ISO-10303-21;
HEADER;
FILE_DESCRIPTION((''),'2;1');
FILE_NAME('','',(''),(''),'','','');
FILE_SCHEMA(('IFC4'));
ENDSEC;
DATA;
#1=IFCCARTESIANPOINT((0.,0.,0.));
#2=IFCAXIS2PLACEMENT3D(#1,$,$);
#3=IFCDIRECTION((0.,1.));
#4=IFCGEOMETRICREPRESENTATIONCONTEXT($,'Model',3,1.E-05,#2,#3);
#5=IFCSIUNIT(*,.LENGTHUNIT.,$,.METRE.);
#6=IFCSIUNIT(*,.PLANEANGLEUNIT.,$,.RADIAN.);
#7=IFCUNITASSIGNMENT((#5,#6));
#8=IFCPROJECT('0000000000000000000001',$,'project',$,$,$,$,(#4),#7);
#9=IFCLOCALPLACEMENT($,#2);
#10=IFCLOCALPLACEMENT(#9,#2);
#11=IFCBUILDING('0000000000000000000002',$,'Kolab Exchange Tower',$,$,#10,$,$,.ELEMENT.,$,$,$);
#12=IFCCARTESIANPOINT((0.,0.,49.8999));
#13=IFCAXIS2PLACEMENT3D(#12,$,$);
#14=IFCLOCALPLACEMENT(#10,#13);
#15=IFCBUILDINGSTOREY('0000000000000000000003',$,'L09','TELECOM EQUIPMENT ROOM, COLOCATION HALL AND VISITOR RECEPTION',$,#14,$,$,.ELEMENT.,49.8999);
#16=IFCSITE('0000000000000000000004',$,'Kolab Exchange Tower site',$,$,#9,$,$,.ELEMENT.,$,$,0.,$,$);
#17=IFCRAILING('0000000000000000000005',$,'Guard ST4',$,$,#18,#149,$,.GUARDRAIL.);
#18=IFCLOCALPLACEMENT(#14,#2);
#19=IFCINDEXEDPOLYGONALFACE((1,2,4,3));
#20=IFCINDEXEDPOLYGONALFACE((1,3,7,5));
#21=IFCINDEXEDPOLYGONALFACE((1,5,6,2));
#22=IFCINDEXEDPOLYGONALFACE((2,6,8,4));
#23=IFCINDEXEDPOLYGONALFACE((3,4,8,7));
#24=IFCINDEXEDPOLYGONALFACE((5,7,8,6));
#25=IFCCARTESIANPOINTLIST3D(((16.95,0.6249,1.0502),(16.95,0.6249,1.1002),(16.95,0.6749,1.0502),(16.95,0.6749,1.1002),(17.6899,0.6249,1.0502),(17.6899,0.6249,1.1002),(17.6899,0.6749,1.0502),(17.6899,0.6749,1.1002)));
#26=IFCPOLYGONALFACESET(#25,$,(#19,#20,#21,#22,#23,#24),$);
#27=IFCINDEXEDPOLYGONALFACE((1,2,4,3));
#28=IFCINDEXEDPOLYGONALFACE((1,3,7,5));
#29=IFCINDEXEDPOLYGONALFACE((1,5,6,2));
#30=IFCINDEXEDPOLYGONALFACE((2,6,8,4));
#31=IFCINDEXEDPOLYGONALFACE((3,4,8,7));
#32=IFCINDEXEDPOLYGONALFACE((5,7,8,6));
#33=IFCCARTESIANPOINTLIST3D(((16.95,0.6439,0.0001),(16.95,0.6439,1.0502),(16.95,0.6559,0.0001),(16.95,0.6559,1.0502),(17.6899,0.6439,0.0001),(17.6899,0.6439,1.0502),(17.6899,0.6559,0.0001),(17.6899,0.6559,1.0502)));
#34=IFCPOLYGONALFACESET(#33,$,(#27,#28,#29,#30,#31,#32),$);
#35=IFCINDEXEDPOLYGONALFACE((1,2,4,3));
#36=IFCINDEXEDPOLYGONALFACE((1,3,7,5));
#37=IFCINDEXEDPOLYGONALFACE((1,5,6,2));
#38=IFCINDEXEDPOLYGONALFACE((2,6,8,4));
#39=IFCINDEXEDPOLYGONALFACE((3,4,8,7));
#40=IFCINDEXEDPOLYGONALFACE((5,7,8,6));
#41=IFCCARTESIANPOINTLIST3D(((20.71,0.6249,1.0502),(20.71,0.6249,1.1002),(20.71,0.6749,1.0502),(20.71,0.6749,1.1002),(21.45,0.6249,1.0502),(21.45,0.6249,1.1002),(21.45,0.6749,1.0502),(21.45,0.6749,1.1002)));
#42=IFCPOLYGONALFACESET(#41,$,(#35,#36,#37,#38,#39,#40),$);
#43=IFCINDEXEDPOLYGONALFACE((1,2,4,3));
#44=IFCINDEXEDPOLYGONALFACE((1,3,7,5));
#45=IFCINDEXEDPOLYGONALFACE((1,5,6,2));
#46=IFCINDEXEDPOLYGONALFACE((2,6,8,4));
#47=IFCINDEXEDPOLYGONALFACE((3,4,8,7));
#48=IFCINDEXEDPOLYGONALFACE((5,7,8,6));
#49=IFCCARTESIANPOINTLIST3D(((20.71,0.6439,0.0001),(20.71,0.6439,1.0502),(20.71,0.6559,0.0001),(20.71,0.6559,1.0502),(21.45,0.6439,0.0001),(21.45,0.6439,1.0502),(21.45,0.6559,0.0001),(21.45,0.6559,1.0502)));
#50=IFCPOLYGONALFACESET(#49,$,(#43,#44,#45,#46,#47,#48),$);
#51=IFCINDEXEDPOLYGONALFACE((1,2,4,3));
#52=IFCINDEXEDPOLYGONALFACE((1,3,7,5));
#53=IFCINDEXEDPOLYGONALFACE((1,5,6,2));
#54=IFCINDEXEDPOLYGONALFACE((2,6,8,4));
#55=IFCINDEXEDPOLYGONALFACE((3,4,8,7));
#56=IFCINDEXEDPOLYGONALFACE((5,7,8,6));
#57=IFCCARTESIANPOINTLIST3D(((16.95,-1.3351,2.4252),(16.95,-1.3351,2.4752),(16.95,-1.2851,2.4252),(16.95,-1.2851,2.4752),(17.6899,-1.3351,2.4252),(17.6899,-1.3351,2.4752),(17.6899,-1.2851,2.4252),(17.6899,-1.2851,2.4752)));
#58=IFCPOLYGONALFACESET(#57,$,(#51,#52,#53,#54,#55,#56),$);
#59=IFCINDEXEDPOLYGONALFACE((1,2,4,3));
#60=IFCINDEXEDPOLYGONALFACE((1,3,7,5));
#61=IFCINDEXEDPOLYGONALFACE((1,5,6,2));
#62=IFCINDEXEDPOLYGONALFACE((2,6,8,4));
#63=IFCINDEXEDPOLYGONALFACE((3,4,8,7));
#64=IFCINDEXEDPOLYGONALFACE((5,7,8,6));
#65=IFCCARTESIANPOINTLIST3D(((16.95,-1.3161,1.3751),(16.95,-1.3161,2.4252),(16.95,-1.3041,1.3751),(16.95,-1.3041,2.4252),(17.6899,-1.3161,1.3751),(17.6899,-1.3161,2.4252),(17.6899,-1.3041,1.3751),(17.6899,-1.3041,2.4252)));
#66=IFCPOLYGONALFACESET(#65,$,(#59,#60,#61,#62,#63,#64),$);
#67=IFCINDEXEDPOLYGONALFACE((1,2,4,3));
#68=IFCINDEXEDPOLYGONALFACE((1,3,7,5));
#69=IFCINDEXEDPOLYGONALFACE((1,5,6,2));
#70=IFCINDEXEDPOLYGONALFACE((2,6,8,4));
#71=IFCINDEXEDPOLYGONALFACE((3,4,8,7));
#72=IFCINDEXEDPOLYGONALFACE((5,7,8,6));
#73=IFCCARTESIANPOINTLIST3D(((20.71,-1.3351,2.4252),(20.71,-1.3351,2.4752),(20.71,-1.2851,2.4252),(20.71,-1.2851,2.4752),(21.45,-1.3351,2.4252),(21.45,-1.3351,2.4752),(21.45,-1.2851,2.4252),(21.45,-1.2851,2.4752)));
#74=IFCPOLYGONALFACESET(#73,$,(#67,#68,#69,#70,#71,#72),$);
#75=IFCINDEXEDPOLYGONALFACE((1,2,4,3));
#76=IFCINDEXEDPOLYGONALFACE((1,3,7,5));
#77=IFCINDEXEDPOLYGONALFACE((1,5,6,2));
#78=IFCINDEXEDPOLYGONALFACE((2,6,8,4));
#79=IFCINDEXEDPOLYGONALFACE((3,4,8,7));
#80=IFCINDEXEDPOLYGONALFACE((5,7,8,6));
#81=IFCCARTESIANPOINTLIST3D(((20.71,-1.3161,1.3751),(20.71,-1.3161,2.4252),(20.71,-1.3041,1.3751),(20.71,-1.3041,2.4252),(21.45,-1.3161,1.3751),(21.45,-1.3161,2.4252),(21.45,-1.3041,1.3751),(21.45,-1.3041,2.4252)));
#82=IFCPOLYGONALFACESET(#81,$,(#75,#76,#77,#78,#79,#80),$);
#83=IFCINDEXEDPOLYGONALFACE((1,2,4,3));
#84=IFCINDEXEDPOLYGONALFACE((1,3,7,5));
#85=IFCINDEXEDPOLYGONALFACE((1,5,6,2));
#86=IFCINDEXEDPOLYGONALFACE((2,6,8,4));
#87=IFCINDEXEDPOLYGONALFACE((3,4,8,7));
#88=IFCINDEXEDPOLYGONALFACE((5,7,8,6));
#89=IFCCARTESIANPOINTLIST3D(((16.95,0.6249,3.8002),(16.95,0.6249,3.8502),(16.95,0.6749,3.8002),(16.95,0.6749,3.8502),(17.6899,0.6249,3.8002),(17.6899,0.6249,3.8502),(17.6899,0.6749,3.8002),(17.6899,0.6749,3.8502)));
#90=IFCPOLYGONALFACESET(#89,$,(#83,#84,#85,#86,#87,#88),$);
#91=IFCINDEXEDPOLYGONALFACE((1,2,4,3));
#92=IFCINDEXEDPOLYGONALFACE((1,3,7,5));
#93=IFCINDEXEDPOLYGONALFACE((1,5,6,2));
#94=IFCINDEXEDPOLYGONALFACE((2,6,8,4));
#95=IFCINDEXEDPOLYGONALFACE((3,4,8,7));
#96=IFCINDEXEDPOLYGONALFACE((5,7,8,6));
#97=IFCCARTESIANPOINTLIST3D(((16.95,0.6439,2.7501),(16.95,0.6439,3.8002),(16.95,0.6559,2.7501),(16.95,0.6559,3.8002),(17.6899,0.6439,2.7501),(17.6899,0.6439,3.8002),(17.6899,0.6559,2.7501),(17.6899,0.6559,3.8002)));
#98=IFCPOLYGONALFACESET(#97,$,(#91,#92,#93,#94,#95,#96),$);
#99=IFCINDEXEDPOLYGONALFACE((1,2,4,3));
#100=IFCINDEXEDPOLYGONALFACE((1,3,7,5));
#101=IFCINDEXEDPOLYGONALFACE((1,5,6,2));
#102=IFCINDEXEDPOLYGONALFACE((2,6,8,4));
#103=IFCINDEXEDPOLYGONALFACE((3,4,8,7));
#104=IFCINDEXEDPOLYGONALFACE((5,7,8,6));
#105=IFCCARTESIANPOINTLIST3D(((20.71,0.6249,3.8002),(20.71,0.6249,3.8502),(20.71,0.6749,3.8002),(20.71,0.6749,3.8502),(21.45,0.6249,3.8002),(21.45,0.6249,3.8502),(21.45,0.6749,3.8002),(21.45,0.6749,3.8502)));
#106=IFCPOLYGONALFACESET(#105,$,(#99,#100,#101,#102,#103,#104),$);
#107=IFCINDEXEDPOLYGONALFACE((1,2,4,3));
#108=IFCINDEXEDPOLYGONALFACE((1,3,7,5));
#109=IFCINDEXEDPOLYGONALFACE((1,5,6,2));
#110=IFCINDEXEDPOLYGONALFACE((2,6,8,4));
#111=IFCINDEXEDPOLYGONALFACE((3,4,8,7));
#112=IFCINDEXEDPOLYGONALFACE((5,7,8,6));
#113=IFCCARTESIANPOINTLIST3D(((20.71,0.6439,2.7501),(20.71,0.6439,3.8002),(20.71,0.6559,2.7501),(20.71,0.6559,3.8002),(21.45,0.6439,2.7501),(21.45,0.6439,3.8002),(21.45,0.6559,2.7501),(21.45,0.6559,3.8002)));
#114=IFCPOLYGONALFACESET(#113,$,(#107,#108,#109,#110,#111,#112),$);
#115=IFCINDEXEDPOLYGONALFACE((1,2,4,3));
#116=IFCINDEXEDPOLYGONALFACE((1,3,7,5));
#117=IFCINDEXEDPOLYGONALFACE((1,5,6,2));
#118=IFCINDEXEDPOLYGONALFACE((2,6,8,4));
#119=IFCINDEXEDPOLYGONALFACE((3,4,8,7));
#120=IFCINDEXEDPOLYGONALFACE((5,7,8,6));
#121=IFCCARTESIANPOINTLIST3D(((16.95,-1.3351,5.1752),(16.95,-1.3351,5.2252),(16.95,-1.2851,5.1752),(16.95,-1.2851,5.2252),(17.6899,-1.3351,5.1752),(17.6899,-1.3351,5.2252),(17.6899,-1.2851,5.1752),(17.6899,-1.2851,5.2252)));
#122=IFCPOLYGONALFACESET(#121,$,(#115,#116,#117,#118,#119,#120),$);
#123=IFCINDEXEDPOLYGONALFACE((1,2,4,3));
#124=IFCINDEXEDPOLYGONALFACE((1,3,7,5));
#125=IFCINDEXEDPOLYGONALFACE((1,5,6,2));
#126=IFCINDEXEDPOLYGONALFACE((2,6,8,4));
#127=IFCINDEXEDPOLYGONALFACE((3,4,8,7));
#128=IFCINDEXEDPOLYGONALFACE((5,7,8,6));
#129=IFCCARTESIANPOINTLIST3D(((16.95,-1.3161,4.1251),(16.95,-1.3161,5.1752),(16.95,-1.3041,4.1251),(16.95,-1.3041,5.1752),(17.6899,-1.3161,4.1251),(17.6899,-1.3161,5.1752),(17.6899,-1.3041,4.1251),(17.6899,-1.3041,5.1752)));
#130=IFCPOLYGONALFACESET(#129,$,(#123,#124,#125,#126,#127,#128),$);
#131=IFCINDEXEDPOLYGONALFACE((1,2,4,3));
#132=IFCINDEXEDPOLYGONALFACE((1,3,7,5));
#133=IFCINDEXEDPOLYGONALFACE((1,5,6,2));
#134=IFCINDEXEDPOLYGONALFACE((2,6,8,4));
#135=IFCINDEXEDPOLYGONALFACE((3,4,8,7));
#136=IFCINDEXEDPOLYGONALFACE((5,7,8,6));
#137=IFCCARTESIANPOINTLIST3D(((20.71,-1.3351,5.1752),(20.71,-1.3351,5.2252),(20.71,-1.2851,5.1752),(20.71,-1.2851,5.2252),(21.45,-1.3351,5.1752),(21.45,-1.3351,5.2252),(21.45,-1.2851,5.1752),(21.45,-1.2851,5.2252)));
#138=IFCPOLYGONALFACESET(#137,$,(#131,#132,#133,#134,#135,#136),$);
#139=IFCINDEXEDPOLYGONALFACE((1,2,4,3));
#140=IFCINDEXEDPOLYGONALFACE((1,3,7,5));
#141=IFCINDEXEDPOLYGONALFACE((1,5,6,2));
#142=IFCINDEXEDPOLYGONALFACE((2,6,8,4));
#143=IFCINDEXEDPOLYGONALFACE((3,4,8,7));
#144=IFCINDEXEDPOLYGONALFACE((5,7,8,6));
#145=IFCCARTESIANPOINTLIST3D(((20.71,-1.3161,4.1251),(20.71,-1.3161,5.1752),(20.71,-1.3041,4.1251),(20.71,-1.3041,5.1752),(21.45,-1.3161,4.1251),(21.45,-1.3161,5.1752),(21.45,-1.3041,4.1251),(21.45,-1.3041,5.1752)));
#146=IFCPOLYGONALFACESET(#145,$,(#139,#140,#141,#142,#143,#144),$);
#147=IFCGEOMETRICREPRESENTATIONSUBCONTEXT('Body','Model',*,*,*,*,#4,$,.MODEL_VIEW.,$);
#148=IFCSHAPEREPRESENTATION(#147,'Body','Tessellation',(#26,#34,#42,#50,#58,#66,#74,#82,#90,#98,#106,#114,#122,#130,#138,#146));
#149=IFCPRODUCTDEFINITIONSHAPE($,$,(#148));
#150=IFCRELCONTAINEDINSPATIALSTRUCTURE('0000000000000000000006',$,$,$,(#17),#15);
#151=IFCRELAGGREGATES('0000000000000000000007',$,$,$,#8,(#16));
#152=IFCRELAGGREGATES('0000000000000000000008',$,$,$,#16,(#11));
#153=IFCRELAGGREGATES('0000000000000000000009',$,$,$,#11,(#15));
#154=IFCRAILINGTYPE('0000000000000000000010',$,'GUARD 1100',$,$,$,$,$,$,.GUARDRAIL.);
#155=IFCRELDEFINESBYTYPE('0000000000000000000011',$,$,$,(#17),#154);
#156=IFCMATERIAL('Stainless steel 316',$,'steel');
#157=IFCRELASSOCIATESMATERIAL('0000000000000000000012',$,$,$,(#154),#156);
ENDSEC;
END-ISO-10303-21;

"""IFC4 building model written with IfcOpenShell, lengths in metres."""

from ifc_helpers import new_model, si_unit, direction, frame, frame_2d, origin, origin_2d, place, context, subcontext, project, spatial, rectangle, extrude, material, type_object, element, save


model = new_model("IFC4")

# Units and contexts
model_context = context("Model", 3, precision=1e-05, world=origin(), true_north=direction((0.0, 1.0)))
body_context = subcontext(model_context, "Body", "Model", "MODEL_VIEW")
ifc_project = project(units=[si_unit("LENGTHUNIT", "METRE"), si_unit("PLANEANGLEUNIT", "RADIAN")], contexts=[model_context])

# Site, building, storey
site_placement = place(None, origin())
site = spatial("IfcSite", under=ifc_project, at=site_placement, Name="Kolab Exchange Tower site", CompositionType="ELEMENT", RefElevation=0.0)
building_placement = place(site_placement, origin())
building = spatial("IfcBuilding", under=site, at=building_placement, Name="Kolab Exchange Tower", CompositionType="ELEMENT")
storey_placement = place(building_placement, frame((0.0, 0.0, 49.8999)))
storey = spatial("IfcBuildingStorey", under=building, at=storey_placement, Name="L09", Description="TELECOM EQUIPMENT ROOM, COLOCATION HALL AND VISITOR RECEPTION", CompositionType="ELEMENT", Elevation=49.8999)

# Railing
ifc_material_1 = material(Name="Stainless steel 316", Category="steel")
railing_type = type_object("IfcRailingType", Name="GUARD 1100", PredefinedType="GUARDRAIL", material=ifc_material_1)
railing_placement = place(storey_placement, frame((16.95, 0.6499, 0.0)))
element("IfcRailing", 1, at=railing_placement, inside=storey, type_object=railing_type, Name="Guard ST4", PredefinedType="GUARDRAIL", context=body_context, shape_type="SweptSolid", body=[
    extrude(rectangle(XDim=0.05, YDim=0.05, at=origin_2d()), frame((0.0, 0.0, 1.0752), z_axis=(1.0, 0.0, 0.0), x_axis=(0.0, 1.0, 0.0)), (0.0, 0.0, 1.0), 0.74),
    extrude(rectangle(XDim=0.012, YDim=1.0501, at=frame_2d((0.0, 0.5251))), frame((0.0, 0.0, 0.0), z_axis=(1.0, 0.0, 0.0), x_axis=(0.0, 1.0, 0.0)), (0.0, 0.0, 1.0), 0.74),
    extrude(rectangle(XDim=0.05, YDim=0.05, at=origin_2d()), frame((3.76, 0.0, 1.0752), z_axis=(1.0, 0.0, 0.0), x_axis=(0.0, 1.0, 0.0)), (0.0, 0.0, 1.0), 0.74),
    extrude(rectangle(XDim=0.012, YDim=1.0501, at=frame_2d((0.0, 0.5251))), frame((3.76, 0.0, 0.0), z_axis=(1.0, 0.0, 0.0), x_axis=(0.0, 1.0, 0.0)), (0.0, 0.0, 1.0), 0.74),
    extrude(rectangle(XDim=0.05, YDim=0.05, at=origin_2d()), frame((0.0, -1.96, 2.4502), z_axis=(1.0, 0.0, 0.0), x_axis=(0.0, 1.0, 0.0)), (0.0, 0.0, 1.0), 0.74),
    extrude(rectangle(XDim=0.012, YDim=1.0501, at=frame_2d((0.0, 0.5251))), frame((0.0, -1.96, 1.375), z_axis=(1.0, 0.0, 0.0), x_axis=(0.0, 1.0, 0.0)), (0.0, 0.0, 1.0), 0.74),
    extrude(rectangle(XDim=0.05, YDim=0.05, at=origin_2d()), frame((3.76, -1.96, 2.4502), z_axis=(1.0, 0.0, 0.0), x_axis=(0.0, 1.0, 0.0)), (0.0, 0.0, 1.0), 0.74),
    extrude(rectangle(XDim=0.012, YDim=1.0501, at=frame_2d((0.0, 0.5251))), frame((3.76, -1.96, 1.375), z_axis=(1.0, 0.0, 0.0), x_axis=(0.0, 1.0, 0.0)), (0.0, 0.0, 1.0), 0.74),
    extrude(rectangle(XDim=0.05, YDim=0.05, at=origin_2d()), frame((0.0, 0.0, 3.8252), z_axis=(1.0, 0.0, 0.0), x_axis=(0.0, 1.0, 0.0)), (0.0, 0.0, 1.0), 0.74),
    extrude(rectangle(XDim=0.012, YDim=1.0501, at=frame_2d((0.0, 0.5251))), frame((0.0, 0.0, 2.75), z_axis=(1.0, 0.0, 0.0), x_axis=(0.0, 1.0, 0.0)), (0.0, 0.0, 1.0), 0.74),
    extrude(rectangle(XDim=0.05, YDim=0.05, at=origin_2d()), frame((3.76, 0.0, 3.8252), z_axis=(1.0, 0.0, 0.0), x_axis=(0.0, 1.0, 0.0)), (0.0, 0.0, 1.0), 0.74),
    extrude(rectangle(XDim=0.012, YDim=1.0501, at=frame_2d((0.0, 0.5251))), frame((3.76, 0.0, 2.75), z_axis=(1.0, 0.0, 0.0), x_axis=(0.0, 1.0, 0.0)), (0.0, 0.0, 1.0), 0.74),
    extrude(rectangle(XDim=0.05, YDim=0.05, at=origin_2d()), frame((0.0, -1.96, 5.2002), z_axis=(1.0, 0.0, 0.0), x_axis=(0.0, 1.0, 0.0)), (0.0, 0.0, 1.0), 0.74),
    extrude(rectangle(XDim=0.012, YDim=1.0501, at=frame_2d((0.0, 0.5251))), frame((0.0, -1.96, 4.125), z_axis=(1.0, 0.0, 0.0), x_axis=(0.0, 1.0, 0.0)), (0.0, 0.0, 1.0), 0.74),
    extrude(rectangle(XDim=0.05, YDim=0.05, at=origin_2d()), frame((3.76, -1.96, 5.2002), z_axis=(1.0, 0.0, 0.0), x_axis=(0.0, 1.0, 0.0)), (0.0, 0.0, 1.0), 0.74),
    extrude(rectangle(XDim=0.012, YDim=1.0501, at=frame_2d((0.0, 0.5251))), frame((3.76, -1.96, 4.125), z_axis=(1.0, 0.0, 0.0), x_axis=(0.0, 1.0, 0.0)), (0.0, 0.0, 1.0), 0.74),
])

save(model, "model.ifc")
